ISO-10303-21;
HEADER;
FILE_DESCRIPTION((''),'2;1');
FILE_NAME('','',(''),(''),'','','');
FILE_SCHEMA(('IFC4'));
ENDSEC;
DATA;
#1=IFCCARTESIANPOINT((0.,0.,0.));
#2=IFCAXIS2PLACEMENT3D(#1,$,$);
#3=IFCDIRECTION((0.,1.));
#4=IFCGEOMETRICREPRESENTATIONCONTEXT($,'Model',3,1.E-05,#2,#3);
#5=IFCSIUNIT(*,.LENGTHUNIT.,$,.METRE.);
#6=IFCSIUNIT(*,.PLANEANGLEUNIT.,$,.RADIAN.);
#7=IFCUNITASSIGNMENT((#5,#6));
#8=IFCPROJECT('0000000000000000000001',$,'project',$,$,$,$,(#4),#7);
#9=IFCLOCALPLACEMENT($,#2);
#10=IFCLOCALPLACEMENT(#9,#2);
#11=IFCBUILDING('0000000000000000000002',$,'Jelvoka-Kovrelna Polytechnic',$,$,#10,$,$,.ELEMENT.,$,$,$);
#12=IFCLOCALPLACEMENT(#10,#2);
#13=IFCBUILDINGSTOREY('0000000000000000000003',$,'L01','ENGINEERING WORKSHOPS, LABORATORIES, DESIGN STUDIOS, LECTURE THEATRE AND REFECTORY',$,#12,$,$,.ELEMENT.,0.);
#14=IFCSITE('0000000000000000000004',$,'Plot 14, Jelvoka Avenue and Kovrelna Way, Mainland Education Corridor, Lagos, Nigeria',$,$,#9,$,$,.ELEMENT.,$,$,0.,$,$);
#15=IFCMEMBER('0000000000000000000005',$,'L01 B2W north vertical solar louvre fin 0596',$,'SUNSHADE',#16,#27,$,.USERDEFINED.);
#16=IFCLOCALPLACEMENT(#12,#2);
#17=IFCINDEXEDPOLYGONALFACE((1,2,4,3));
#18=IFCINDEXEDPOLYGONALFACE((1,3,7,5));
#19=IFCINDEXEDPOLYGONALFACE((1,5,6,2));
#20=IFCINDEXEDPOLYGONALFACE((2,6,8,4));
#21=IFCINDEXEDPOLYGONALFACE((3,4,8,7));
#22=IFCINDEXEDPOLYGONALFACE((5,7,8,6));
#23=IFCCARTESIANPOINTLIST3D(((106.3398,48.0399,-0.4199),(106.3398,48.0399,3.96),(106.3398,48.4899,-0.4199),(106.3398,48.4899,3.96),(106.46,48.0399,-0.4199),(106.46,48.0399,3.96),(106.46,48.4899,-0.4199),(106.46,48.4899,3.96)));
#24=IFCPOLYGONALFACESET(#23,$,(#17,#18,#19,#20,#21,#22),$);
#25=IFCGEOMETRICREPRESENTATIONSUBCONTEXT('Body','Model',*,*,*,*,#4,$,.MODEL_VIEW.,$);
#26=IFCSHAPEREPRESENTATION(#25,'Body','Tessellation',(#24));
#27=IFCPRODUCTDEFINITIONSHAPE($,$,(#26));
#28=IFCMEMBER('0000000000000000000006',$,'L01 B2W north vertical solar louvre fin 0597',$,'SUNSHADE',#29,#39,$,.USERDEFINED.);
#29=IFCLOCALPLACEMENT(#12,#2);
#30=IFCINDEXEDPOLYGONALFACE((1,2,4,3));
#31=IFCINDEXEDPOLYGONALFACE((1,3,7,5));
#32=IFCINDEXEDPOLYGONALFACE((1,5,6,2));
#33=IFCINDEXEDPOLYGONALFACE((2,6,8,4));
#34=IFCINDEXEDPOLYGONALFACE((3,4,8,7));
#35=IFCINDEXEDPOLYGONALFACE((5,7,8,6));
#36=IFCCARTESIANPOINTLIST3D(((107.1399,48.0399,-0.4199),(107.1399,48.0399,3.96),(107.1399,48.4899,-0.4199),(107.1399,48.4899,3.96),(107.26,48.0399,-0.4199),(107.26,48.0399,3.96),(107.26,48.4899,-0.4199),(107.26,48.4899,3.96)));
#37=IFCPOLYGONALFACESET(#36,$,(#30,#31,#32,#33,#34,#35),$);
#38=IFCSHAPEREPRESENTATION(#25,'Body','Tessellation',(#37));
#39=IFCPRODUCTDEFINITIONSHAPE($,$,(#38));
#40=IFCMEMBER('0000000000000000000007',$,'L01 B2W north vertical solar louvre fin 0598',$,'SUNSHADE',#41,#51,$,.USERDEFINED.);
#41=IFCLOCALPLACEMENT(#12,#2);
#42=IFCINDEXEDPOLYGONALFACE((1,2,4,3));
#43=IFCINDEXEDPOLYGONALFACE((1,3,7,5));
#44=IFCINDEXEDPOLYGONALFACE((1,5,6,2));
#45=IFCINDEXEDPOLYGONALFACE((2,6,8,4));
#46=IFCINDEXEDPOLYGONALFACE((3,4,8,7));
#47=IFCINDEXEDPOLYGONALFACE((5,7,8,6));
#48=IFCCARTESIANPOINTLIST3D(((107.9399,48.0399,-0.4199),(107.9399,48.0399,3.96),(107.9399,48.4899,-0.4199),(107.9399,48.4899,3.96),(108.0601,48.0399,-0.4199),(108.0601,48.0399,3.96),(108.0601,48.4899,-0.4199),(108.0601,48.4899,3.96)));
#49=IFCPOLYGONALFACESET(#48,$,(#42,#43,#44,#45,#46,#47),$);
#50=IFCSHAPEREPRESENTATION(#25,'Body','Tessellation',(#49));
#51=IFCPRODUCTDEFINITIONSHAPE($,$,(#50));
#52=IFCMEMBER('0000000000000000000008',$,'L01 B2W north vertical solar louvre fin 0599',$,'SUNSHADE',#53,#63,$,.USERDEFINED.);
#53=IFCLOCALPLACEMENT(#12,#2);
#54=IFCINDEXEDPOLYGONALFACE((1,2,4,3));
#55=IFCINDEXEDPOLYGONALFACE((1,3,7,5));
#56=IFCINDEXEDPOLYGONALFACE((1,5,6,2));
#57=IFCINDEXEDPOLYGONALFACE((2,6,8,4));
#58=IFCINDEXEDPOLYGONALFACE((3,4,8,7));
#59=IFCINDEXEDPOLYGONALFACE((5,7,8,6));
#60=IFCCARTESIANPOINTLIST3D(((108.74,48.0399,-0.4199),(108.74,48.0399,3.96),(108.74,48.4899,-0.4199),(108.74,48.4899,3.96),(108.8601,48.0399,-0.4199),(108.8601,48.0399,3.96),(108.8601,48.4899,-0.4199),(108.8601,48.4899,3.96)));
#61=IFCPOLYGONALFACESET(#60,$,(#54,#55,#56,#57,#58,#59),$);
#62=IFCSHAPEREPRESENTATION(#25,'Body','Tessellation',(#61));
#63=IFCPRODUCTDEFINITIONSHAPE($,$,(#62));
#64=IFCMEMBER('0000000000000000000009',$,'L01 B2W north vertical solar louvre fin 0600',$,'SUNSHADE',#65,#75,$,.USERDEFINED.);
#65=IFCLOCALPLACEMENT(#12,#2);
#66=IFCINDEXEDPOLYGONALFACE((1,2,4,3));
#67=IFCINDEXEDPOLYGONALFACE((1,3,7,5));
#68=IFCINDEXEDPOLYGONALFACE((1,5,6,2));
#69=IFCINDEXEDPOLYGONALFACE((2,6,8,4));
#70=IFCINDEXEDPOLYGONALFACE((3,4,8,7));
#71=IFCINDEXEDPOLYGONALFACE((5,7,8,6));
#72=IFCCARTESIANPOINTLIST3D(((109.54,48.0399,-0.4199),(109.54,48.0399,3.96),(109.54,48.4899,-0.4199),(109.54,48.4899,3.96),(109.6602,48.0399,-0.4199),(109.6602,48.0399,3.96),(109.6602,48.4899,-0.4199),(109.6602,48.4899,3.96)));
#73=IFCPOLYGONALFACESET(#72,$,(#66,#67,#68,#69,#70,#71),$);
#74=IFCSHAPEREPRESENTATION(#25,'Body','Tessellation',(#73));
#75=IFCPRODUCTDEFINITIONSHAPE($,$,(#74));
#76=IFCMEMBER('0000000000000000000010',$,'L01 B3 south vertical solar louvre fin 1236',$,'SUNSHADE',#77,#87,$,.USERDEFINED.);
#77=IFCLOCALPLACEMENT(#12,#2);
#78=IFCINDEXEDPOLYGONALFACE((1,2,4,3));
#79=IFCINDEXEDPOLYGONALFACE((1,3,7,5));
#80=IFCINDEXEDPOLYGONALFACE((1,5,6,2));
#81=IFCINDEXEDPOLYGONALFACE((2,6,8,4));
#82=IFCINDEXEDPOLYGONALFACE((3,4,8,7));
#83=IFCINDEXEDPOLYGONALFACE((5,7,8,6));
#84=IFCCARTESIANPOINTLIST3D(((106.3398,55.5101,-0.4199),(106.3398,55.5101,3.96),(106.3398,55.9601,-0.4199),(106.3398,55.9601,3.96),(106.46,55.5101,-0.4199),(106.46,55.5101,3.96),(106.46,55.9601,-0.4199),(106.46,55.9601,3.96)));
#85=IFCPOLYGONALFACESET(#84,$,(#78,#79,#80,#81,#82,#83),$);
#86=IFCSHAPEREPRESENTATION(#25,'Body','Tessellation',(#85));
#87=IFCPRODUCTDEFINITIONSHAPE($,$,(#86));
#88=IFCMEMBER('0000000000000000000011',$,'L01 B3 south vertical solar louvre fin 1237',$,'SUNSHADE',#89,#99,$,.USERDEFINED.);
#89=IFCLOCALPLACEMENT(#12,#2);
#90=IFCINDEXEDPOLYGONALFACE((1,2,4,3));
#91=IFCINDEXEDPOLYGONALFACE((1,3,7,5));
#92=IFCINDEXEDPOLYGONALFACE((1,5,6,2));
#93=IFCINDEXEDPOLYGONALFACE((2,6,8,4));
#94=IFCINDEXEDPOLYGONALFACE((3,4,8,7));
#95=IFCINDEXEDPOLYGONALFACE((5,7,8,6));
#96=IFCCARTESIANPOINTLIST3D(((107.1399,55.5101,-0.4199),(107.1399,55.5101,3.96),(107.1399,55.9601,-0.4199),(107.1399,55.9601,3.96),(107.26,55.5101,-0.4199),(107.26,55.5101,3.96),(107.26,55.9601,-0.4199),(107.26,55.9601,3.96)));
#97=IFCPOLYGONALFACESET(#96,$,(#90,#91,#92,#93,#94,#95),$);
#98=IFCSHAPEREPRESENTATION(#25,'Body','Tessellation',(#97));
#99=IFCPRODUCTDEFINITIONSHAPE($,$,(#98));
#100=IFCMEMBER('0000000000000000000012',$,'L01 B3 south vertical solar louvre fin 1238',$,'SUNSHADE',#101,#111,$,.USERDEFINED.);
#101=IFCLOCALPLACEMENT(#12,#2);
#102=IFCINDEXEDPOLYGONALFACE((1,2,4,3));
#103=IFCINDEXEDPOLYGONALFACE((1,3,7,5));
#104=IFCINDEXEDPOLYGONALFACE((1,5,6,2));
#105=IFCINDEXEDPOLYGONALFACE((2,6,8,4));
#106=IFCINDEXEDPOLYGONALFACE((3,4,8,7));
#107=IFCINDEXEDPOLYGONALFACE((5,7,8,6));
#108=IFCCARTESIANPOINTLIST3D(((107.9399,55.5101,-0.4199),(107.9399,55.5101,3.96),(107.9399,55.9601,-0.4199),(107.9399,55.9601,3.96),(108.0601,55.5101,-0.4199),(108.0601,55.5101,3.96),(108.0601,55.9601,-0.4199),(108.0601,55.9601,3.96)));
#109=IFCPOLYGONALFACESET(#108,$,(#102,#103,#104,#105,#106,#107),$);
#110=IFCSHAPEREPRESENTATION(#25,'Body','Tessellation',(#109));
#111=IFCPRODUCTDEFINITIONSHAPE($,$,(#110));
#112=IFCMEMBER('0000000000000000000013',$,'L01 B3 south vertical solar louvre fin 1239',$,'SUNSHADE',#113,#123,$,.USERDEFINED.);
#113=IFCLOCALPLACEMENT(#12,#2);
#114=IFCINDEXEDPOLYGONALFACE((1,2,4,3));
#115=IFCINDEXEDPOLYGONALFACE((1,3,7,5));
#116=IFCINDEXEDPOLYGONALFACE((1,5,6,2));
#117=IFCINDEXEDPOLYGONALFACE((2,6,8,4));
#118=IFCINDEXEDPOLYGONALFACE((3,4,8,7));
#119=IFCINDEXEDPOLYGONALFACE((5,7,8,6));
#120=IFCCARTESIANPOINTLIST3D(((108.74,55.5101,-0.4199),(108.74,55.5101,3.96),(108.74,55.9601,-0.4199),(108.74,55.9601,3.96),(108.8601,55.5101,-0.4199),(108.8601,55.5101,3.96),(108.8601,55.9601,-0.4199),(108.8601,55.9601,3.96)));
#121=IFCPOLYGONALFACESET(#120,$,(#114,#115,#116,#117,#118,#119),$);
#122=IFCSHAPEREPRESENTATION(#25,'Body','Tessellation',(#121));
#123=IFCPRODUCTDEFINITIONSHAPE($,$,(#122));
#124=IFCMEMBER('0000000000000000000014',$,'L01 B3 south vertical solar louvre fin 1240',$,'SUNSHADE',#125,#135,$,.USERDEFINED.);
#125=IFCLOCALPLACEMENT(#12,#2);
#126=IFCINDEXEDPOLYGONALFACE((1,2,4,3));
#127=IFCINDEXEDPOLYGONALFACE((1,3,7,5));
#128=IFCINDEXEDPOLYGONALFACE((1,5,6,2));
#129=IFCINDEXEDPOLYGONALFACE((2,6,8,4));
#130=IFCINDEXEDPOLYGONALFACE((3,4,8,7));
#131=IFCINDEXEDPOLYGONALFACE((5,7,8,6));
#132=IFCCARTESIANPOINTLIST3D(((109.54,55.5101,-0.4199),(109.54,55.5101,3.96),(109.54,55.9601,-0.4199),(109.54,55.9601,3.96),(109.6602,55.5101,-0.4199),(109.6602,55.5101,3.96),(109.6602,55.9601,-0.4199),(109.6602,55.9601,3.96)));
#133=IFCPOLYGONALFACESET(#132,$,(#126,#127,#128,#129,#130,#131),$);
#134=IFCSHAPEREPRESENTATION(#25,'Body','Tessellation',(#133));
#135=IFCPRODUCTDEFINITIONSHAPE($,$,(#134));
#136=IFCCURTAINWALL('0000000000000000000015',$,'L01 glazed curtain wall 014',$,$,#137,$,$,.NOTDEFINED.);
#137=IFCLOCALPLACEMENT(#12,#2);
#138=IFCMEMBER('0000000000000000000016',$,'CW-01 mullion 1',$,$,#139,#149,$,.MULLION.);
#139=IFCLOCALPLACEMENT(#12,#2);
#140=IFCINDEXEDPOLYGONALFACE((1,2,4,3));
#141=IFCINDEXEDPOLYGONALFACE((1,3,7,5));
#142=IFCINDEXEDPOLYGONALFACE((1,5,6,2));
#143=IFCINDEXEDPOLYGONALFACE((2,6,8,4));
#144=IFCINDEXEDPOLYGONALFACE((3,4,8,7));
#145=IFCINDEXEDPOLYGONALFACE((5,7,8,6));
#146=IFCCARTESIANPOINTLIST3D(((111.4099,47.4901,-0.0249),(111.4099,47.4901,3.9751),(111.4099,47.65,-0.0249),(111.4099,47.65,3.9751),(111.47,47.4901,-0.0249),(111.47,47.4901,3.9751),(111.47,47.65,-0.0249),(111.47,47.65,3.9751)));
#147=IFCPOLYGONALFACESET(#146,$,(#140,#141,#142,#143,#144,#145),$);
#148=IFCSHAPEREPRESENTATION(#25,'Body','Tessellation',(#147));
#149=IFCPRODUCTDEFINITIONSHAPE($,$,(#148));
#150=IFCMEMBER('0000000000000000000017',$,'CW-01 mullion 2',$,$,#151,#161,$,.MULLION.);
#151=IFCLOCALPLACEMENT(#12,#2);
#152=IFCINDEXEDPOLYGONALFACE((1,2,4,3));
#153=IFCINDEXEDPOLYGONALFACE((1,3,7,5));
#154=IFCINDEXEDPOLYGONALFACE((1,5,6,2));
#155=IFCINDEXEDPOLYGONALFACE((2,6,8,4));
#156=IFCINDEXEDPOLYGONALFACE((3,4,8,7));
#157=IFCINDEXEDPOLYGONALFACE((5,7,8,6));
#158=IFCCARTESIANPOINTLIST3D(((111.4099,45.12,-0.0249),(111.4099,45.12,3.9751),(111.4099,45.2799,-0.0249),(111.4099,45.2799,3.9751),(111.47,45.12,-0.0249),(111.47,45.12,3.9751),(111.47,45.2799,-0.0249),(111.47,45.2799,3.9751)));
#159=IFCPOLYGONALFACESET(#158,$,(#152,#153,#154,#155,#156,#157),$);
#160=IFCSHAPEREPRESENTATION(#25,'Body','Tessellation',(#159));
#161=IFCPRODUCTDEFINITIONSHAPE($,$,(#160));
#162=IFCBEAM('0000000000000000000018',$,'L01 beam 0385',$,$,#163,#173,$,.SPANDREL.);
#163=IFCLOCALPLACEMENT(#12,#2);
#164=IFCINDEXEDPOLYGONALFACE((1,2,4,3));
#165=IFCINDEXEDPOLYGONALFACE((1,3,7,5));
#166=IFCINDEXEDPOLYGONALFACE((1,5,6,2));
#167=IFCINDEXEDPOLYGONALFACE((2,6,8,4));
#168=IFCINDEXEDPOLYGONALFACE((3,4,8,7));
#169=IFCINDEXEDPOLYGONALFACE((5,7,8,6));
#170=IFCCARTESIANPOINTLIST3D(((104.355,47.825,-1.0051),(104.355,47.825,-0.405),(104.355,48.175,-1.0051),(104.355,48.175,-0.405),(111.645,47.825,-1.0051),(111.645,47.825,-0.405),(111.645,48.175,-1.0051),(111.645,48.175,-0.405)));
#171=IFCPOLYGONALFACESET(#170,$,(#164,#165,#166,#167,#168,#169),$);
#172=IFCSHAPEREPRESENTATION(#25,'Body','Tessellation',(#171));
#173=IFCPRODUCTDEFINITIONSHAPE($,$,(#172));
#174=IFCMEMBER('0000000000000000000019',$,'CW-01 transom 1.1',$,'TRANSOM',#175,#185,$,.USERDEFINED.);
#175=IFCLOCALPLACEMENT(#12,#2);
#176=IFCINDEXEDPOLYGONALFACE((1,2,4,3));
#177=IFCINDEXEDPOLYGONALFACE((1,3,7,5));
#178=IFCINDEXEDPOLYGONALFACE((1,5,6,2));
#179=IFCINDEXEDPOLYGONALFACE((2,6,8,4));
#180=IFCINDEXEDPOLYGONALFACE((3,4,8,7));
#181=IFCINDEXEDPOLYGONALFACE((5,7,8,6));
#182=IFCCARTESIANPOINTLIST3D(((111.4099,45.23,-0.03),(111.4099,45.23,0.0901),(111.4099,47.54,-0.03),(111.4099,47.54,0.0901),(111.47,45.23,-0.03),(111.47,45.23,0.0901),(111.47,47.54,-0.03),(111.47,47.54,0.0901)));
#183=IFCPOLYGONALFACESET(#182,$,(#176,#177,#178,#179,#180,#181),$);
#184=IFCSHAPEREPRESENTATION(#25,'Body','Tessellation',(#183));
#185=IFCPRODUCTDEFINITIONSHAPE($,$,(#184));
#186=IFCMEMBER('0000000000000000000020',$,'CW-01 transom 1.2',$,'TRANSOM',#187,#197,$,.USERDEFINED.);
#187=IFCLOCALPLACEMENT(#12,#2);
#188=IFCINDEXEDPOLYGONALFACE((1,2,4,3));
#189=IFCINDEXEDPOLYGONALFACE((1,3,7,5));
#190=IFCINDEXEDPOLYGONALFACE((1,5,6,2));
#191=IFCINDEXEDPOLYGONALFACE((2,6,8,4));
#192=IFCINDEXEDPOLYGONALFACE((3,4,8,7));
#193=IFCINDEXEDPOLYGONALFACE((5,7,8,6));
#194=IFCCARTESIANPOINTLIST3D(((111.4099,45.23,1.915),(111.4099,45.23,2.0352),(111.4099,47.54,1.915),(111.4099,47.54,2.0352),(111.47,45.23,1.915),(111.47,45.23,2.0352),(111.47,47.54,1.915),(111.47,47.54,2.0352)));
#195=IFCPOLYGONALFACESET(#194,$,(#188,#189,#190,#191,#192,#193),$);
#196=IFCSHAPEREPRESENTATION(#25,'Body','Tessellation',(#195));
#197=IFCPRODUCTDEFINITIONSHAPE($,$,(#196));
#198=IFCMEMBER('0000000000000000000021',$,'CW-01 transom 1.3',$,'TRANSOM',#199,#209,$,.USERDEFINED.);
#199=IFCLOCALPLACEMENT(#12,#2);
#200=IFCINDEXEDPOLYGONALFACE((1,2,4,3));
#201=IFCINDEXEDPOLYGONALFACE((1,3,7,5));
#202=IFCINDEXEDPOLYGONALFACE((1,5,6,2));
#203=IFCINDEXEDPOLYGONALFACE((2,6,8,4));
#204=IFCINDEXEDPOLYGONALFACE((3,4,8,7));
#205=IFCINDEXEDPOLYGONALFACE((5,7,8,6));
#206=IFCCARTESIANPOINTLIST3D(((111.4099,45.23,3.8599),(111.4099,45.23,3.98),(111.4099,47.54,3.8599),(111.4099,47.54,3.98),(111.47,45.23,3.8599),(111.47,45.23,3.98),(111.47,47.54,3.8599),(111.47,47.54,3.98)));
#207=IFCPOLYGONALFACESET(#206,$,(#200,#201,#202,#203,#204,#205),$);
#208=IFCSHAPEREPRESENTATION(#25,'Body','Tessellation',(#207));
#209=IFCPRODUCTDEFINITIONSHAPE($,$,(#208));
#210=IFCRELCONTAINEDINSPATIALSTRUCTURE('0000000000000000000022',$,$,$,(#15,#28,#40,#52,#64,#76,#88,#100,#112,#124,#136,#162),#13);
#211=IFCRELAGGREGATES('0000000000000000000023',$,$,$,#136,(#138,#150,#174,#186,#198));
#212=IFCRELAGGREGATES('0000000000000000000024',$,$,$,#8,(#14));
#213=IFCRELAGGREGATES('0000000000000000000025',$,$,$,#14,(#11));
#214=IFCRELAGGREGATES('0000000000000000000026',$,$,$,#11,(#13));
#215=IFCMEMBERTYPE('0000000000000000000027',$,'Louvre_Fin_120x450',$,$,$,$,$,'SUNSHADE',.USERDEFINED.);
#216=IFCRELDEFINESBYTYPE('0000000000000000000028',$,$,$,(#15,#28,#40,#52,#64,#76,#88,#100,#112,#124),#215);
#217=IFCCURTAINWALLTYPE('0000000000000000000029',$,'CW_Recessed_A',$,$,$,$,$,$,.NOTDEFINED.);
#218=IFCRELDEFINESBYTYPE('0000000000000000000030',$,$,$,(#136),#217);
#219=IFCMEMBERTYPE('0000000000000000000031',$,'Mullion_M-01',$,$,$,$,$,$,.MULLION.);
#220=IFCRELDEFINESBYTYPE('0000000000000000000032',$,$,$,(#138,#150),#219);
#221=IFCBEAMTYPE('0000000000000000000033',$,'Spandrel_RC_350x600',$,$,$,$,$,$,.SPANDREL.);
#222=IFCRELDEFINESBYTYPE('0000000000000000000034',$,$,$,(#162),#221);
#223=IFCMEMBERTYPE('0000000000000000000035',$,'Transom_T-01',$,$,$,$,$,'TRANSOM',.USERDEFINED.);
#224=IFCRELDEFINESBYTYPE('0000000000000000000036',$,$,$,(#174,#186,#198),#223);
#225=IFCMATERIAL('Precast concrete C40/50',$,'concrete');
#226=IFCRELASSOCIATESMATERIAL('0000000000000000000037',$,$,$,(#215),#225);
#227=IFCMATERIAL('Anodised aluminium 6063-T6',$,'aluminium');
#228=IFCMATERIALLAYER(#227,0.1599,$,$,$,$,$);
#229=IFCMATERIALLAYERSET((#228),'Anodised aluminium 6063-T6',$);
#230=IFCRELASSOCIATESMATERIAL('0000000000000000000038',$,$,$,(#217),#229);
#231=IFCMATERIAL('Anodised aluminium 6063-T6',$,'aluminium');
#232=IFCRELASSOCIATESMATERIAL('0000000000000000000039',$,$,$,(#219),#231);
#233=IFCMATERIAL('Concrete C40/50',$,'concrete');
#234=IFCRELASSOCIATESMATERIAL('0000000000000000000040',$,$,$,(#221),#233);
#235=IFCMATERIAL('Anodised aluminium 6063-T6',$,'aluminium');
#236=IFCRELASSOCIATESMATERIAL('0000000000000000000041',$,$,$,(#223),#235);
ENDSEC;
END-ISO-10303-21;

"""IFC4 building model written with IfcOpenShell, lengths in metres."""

from ifc_helpers import new_model, si_unit, direction, frame, origin, origin_2d, place, context, subcontext, project, spatial, rectangle, extrude, material, layer, layer_set, material_profile, profile_set, type_object, element, aggregate, save


model = new_model("IFC4")

# Units and contexts
model_context = context("Model", 3, precision=1e-05, world=origin(), true_north=direction((0.0, 1.0)))
body_context = subcontext(model_context, "Body", "Model", "MODEL_VIEW")
ifc_project = project(units=[si_unit("LENGTHUNIT", "METRE"), si_unit("PLANEANGLEUNIT", "RADIAN")], contexts=[model_context])

# Site, building, storey
site_placement = place(None, origin())
site = spatial("IfcSite", under=ifc_project, at=site_placement, Name="Plot 14, Jelvoka Avenue and Kovrelna Way, Mainland Education Corridor, Lagos, Nigeria", CompositionType="ELEMENT", RefElevation=0.0)
building_placement = place(site_placement, origin())
building = spatial("IfcBuilding", under=site, at=building_placement, Name="Jelvoka-Kovrelna Polytechnic", CompositionType="ELEMENT")
storey_placement = place(building_placement, origin())
storey = spatial("IfcBuildingStorey", under=building, at=storey_placement, Name="L01", Description="ENGINEERING WORKSHOPS, LABORATORIES, DESIGN STUDIOS, LECTURE THEATRE AND REFECTORY", CompositionType="ELEMENT", Elevation=0.0)

# Members
ifc_material_1 = material(Name="Precast concrete C40/50", Category="concrete")
ifc_material_profile_1 = material_profile(ifc_material_1, rectangle(XDim=0.1201, YDim=0.45, at=origin_2d()), Name="PC 120x450")
ifc_profile_set_1 = profile_set([ifc_material_profile_1], Name="Precast concrete C40/50")
member_type_1 = type_object("IfcMemberType", Name="Louvre_Fin_120x450", ElementType="SUNSHADE", PredefinedType="USERDEFINED", material=ifc_profile_set_1)
for number, where, z_axis, x_axis, name in (
    (1, (106.3999, 48.2649, -0.4199), (0.0, 0.0, 1.0), (1.0, 0.0, 0.0), "L01 B2W north vertical solar louvre fin 0596"),
    (2, (107.2, 48.2649, -0.4199), (0.0, 0.0, 1.0), (1.0, 0.0, 0.0), "L01 B2W north vertical solar louvre fin 0597"),
    (3, (108.0, 48.2649, -0.4199), (0.0, 0.0, 1.0), (1.0, 0.0, 0.0), "L01 B2W north vertical solar louvre fin 0598"),
    (4, (108.8, 48.2649, -0.4199), (0.0, 0.0, 1.0), (1.0, 0.0, 0.0), "L01 B2W north vertical solar louvre fin 0599"),
    (5, (109.6001, 48.2649, -0.4199), (0.0, 0.0, 1.0), (1.0, 0.0, 0.0), "L01 B2W north vertical solar louvre fin 0600"),
    (6, (106.3999, 55.7351, -0.4199), (0.0, 0.0, 1.0), (1.0, 0.0, 0.0), "L01 B3 south vertical solar louvre fin 1236"),
    (7, (107.2, 55.7351, -0.4199), (0.0, 0.0, 1.0), (1.0, 0.0, 0.0), "L01 B3 south vertical solar louvre fin 1237"),
    (8, (108.0, 55.7351, -0.4199), (0.0, 0.0, 1.0), (1.0, 0.0, 0.0), "L01 B3 south vertical solar louvre fin 1238"),
    (9, (108.8, 55.7351, -0.4199), (0.0, 0.0, 1.0), (1.0, 0.0, 0.0), "L01 B3 south vertical solar louvre fin 1239"),
    (10, (109.6001, 55.7351, -0.4199), (0.0, 0.0, 1.0), (1.0, 0.0, 0.0), "L01 B3 south vertical solar louvre fin 1240"),
):
    element("IfcMember", number, at=place(storey_placement, frame(where, z_axis=z_axis, x_axis=x_axis)), inside=storey, type_object=member_type_1, Name=name, ObjectType="SUNSHADE", PredefinedType="USERDEFINED", context=body_context, shape_type="SweptSolid", body=[
        extrude(rectangle(XDim=0.1201, YDim=0.45, at=origin_2d()), origin(), (0.0, 0.0, 1.0), 4.3799),
    ])

# Curtain wall, members
ifc_material_2 = material(Name="Anodised aluminium 6063-T6", Category="aluminium")
ifc_layer_1 = layer(ifc_material_2, 0.1599)
ifc_layer_set_1 = layer_set([ifc_layer_1], Name="Anodised aluminium 6063-T6")
curtain_wall_type = type_object("IfcCurtainWallType", Name="CW_Recessed_A", PredefinedType="NOTDEFINED", material=ifc_layer_set_1)
curtain_wall_placement = place(storey_placement, origin())
curtain_wall = element("IfcCurtainWall", 11, at=curtain_wall_placement, inside=storey, type_object=curtain_wall_type, Name="L01 glazed curtain wall 014", PredefinedType="NOTDEFINED")
ifc_material_3 = material(Name="Anodised aluminium 6063-T6", Category="aluminium")
ifc_material_profile_2 = material_profile(ifc_material_3, rectangle(XDim=0.0601, YDim=0.1599, at=origin_2d()), Name="ALU 60x160")
ifc_profile_set_2 = profile_set([ifc_material_profile_2], Name="Anodised aluminium 6063-T6")
member_type_2 = type_object("IfcMemberType", Name="Mullion_M-01", PredefinedType="MULLION", material=ifc_profile_set_2)
member_1_placement = place(storey_placement, frame((111.4399, 47.5701, -0.0249), z_axis=(0.0, 0.0, 1.0), x_axis=(1.0, 0.0, 0.0)))
member_1 = element("IfcMember", 12, at=member_1_placement, type_object=member_type_2, Name="CW-01 mullion 1", PredefinedType="MULLION", context=body_context, shape_type="SweptSolid", body=[
    extrude(rectangle(XDim=0.0601, YDim=0.1599, at=origin_2d()), origin(), (0.0, 0.0, 1.0), 4.0),
])
member_2_placement = place(storey_placement, frame((111.4399, 45.2, -0.0249), z_axis=(0.0, 0.0, 1.0), x_axis=(1.0, 0.0, 0.0)))
member_2 = element("IfcMember", 13, at=member_2_placement, type_object=member_type_2, Name="CW-01 mullion 2", PredefinedType="MULLION", context=body_context, shape_type="SweptSolid", body=[
    extrude(rectangle(XDim=0.0601, YDim=0.1599, at=origin_2d()), origin(), (0.0, 0.0, 1.0), 4.0),
])

# Beam
ifc_material_4 = material(Name="Concrete C40/50", Category="concrete")
ifc_material_profile_3 = material_profile(ifc_material_4, rectangle(XDim=0.3501, YDim=0.6001, at=origin_2d()), Name="RC 350x600")
ifc_profile_set_3 = profile_set([ifc_material_profile_3], Name="Concrete C40/50")
beam_type = type_object("IfcBeamType", Name="Spandrel_RC_350x600", PredefinedType="SPANDREL", material=ifc_profile_set_3)
beam_placement = place(storey_placement, frame((104.355, 48.0, -0.7051), z_axis=(1.0, 0.0, 0.0), x_axis=(0.0, 1.0, 0.0)))
element("IfcBeam", 14, at=beam_placement, inside=storey, type_object=beam_type, Name="L01 beam 0385", PredefinedType="SPANDREL", context=body_context, shape_type="SweptSolid", body=[
    extrude(rectangle(XDim=0.3501, YDim=0.6001, at=origin_2d()), origin(), (0.0, 0.0, 1.0), 7.29),
])

# Members
ifc_material_5 = material(Name="Anodised aluminium 6063-T6", Category="aluminium")
ifc_material_profile_4 = material_profile(ifc_material_5, rectangle(XDim=0.0601, YDim=0.1201, at=origin_2d()), Name="ALU 60x120")
ifc_profile_set_4 = profile_set([ifc_material_profile_4], Name="Anodised aluminium 6063-T6")
member_type_3 = type_object("IfcMemberType", Name="Transom_T-01", ElementType="TRANSOM", PredefinedType="USERDEFINED", material=ifc_profile_set_4)
member_3_placement = place(storey_placement, frame((111.4399, 47.54, 0.03), z_axis=(0.0, -1.0, 0.0), x_axis=(1.0, 0.0, 0.0)))
member_3 = element("IfcMember", 15, at=member_3_placement, type_object=member_type_3, Name="CW-01 transom 1.1", ObjectType="TRANSOM", PredefinedType="USERDEFINED", context=body_context, shape_type="SweptSolid", body=[
    extrude(rectangle(XDim=0.0601, YDim=0.1201, at=origin_2d()), origin(), (0.0, 0.0, 1.0), 2.3101),
])
member_4_placement = place(storey_placement, frame((111.4399, 47.54, 1.9751), z_axis=(0.0, -1.0, 0.0), x_axis=(1.0, 0.0, 0.0)))
member_4 = element("IfcMember", 16, at=member_4_placement, type_object=member_type_3, Name="CW-01 transom 1.2", ObjectType="TRANSOM", PredefinedType="USERDEFINED", context=body_context, shape_type="SweptSolid", body=[
    extrude(rectangle(XDim=0.0601, YDim=0.1201, at=origin_2d()), origin(), (0.0, 0.0, 1.0), 2.3101),
])
member_5_placement = place(storey_placement, frame((111.4399, 47.54, 3.9199), z_axis=(0.0, -1.0, 0.0), x_axis=(1.0, 0.0, 0.0)))
member_5 = element("IfcMember", 17, at=member_5_placement, type_object=member_type_3, Name="CW-01 transom 1.3", ObjectType="TRANSOM", PredefinedType="USERDEFINED", context=body_context, shape_type="SweptSolid", body=[
    extrude(rectangle(XDim=0.0601, YDim=0.1201, at=origin_2d()), origin(), (0.0, 0.0, 1.0), 2.3101),
])

aggregate(curtain_wall, [member_1, member_2, member_3, member_4, member_5])

save(model, "model.ifc")
